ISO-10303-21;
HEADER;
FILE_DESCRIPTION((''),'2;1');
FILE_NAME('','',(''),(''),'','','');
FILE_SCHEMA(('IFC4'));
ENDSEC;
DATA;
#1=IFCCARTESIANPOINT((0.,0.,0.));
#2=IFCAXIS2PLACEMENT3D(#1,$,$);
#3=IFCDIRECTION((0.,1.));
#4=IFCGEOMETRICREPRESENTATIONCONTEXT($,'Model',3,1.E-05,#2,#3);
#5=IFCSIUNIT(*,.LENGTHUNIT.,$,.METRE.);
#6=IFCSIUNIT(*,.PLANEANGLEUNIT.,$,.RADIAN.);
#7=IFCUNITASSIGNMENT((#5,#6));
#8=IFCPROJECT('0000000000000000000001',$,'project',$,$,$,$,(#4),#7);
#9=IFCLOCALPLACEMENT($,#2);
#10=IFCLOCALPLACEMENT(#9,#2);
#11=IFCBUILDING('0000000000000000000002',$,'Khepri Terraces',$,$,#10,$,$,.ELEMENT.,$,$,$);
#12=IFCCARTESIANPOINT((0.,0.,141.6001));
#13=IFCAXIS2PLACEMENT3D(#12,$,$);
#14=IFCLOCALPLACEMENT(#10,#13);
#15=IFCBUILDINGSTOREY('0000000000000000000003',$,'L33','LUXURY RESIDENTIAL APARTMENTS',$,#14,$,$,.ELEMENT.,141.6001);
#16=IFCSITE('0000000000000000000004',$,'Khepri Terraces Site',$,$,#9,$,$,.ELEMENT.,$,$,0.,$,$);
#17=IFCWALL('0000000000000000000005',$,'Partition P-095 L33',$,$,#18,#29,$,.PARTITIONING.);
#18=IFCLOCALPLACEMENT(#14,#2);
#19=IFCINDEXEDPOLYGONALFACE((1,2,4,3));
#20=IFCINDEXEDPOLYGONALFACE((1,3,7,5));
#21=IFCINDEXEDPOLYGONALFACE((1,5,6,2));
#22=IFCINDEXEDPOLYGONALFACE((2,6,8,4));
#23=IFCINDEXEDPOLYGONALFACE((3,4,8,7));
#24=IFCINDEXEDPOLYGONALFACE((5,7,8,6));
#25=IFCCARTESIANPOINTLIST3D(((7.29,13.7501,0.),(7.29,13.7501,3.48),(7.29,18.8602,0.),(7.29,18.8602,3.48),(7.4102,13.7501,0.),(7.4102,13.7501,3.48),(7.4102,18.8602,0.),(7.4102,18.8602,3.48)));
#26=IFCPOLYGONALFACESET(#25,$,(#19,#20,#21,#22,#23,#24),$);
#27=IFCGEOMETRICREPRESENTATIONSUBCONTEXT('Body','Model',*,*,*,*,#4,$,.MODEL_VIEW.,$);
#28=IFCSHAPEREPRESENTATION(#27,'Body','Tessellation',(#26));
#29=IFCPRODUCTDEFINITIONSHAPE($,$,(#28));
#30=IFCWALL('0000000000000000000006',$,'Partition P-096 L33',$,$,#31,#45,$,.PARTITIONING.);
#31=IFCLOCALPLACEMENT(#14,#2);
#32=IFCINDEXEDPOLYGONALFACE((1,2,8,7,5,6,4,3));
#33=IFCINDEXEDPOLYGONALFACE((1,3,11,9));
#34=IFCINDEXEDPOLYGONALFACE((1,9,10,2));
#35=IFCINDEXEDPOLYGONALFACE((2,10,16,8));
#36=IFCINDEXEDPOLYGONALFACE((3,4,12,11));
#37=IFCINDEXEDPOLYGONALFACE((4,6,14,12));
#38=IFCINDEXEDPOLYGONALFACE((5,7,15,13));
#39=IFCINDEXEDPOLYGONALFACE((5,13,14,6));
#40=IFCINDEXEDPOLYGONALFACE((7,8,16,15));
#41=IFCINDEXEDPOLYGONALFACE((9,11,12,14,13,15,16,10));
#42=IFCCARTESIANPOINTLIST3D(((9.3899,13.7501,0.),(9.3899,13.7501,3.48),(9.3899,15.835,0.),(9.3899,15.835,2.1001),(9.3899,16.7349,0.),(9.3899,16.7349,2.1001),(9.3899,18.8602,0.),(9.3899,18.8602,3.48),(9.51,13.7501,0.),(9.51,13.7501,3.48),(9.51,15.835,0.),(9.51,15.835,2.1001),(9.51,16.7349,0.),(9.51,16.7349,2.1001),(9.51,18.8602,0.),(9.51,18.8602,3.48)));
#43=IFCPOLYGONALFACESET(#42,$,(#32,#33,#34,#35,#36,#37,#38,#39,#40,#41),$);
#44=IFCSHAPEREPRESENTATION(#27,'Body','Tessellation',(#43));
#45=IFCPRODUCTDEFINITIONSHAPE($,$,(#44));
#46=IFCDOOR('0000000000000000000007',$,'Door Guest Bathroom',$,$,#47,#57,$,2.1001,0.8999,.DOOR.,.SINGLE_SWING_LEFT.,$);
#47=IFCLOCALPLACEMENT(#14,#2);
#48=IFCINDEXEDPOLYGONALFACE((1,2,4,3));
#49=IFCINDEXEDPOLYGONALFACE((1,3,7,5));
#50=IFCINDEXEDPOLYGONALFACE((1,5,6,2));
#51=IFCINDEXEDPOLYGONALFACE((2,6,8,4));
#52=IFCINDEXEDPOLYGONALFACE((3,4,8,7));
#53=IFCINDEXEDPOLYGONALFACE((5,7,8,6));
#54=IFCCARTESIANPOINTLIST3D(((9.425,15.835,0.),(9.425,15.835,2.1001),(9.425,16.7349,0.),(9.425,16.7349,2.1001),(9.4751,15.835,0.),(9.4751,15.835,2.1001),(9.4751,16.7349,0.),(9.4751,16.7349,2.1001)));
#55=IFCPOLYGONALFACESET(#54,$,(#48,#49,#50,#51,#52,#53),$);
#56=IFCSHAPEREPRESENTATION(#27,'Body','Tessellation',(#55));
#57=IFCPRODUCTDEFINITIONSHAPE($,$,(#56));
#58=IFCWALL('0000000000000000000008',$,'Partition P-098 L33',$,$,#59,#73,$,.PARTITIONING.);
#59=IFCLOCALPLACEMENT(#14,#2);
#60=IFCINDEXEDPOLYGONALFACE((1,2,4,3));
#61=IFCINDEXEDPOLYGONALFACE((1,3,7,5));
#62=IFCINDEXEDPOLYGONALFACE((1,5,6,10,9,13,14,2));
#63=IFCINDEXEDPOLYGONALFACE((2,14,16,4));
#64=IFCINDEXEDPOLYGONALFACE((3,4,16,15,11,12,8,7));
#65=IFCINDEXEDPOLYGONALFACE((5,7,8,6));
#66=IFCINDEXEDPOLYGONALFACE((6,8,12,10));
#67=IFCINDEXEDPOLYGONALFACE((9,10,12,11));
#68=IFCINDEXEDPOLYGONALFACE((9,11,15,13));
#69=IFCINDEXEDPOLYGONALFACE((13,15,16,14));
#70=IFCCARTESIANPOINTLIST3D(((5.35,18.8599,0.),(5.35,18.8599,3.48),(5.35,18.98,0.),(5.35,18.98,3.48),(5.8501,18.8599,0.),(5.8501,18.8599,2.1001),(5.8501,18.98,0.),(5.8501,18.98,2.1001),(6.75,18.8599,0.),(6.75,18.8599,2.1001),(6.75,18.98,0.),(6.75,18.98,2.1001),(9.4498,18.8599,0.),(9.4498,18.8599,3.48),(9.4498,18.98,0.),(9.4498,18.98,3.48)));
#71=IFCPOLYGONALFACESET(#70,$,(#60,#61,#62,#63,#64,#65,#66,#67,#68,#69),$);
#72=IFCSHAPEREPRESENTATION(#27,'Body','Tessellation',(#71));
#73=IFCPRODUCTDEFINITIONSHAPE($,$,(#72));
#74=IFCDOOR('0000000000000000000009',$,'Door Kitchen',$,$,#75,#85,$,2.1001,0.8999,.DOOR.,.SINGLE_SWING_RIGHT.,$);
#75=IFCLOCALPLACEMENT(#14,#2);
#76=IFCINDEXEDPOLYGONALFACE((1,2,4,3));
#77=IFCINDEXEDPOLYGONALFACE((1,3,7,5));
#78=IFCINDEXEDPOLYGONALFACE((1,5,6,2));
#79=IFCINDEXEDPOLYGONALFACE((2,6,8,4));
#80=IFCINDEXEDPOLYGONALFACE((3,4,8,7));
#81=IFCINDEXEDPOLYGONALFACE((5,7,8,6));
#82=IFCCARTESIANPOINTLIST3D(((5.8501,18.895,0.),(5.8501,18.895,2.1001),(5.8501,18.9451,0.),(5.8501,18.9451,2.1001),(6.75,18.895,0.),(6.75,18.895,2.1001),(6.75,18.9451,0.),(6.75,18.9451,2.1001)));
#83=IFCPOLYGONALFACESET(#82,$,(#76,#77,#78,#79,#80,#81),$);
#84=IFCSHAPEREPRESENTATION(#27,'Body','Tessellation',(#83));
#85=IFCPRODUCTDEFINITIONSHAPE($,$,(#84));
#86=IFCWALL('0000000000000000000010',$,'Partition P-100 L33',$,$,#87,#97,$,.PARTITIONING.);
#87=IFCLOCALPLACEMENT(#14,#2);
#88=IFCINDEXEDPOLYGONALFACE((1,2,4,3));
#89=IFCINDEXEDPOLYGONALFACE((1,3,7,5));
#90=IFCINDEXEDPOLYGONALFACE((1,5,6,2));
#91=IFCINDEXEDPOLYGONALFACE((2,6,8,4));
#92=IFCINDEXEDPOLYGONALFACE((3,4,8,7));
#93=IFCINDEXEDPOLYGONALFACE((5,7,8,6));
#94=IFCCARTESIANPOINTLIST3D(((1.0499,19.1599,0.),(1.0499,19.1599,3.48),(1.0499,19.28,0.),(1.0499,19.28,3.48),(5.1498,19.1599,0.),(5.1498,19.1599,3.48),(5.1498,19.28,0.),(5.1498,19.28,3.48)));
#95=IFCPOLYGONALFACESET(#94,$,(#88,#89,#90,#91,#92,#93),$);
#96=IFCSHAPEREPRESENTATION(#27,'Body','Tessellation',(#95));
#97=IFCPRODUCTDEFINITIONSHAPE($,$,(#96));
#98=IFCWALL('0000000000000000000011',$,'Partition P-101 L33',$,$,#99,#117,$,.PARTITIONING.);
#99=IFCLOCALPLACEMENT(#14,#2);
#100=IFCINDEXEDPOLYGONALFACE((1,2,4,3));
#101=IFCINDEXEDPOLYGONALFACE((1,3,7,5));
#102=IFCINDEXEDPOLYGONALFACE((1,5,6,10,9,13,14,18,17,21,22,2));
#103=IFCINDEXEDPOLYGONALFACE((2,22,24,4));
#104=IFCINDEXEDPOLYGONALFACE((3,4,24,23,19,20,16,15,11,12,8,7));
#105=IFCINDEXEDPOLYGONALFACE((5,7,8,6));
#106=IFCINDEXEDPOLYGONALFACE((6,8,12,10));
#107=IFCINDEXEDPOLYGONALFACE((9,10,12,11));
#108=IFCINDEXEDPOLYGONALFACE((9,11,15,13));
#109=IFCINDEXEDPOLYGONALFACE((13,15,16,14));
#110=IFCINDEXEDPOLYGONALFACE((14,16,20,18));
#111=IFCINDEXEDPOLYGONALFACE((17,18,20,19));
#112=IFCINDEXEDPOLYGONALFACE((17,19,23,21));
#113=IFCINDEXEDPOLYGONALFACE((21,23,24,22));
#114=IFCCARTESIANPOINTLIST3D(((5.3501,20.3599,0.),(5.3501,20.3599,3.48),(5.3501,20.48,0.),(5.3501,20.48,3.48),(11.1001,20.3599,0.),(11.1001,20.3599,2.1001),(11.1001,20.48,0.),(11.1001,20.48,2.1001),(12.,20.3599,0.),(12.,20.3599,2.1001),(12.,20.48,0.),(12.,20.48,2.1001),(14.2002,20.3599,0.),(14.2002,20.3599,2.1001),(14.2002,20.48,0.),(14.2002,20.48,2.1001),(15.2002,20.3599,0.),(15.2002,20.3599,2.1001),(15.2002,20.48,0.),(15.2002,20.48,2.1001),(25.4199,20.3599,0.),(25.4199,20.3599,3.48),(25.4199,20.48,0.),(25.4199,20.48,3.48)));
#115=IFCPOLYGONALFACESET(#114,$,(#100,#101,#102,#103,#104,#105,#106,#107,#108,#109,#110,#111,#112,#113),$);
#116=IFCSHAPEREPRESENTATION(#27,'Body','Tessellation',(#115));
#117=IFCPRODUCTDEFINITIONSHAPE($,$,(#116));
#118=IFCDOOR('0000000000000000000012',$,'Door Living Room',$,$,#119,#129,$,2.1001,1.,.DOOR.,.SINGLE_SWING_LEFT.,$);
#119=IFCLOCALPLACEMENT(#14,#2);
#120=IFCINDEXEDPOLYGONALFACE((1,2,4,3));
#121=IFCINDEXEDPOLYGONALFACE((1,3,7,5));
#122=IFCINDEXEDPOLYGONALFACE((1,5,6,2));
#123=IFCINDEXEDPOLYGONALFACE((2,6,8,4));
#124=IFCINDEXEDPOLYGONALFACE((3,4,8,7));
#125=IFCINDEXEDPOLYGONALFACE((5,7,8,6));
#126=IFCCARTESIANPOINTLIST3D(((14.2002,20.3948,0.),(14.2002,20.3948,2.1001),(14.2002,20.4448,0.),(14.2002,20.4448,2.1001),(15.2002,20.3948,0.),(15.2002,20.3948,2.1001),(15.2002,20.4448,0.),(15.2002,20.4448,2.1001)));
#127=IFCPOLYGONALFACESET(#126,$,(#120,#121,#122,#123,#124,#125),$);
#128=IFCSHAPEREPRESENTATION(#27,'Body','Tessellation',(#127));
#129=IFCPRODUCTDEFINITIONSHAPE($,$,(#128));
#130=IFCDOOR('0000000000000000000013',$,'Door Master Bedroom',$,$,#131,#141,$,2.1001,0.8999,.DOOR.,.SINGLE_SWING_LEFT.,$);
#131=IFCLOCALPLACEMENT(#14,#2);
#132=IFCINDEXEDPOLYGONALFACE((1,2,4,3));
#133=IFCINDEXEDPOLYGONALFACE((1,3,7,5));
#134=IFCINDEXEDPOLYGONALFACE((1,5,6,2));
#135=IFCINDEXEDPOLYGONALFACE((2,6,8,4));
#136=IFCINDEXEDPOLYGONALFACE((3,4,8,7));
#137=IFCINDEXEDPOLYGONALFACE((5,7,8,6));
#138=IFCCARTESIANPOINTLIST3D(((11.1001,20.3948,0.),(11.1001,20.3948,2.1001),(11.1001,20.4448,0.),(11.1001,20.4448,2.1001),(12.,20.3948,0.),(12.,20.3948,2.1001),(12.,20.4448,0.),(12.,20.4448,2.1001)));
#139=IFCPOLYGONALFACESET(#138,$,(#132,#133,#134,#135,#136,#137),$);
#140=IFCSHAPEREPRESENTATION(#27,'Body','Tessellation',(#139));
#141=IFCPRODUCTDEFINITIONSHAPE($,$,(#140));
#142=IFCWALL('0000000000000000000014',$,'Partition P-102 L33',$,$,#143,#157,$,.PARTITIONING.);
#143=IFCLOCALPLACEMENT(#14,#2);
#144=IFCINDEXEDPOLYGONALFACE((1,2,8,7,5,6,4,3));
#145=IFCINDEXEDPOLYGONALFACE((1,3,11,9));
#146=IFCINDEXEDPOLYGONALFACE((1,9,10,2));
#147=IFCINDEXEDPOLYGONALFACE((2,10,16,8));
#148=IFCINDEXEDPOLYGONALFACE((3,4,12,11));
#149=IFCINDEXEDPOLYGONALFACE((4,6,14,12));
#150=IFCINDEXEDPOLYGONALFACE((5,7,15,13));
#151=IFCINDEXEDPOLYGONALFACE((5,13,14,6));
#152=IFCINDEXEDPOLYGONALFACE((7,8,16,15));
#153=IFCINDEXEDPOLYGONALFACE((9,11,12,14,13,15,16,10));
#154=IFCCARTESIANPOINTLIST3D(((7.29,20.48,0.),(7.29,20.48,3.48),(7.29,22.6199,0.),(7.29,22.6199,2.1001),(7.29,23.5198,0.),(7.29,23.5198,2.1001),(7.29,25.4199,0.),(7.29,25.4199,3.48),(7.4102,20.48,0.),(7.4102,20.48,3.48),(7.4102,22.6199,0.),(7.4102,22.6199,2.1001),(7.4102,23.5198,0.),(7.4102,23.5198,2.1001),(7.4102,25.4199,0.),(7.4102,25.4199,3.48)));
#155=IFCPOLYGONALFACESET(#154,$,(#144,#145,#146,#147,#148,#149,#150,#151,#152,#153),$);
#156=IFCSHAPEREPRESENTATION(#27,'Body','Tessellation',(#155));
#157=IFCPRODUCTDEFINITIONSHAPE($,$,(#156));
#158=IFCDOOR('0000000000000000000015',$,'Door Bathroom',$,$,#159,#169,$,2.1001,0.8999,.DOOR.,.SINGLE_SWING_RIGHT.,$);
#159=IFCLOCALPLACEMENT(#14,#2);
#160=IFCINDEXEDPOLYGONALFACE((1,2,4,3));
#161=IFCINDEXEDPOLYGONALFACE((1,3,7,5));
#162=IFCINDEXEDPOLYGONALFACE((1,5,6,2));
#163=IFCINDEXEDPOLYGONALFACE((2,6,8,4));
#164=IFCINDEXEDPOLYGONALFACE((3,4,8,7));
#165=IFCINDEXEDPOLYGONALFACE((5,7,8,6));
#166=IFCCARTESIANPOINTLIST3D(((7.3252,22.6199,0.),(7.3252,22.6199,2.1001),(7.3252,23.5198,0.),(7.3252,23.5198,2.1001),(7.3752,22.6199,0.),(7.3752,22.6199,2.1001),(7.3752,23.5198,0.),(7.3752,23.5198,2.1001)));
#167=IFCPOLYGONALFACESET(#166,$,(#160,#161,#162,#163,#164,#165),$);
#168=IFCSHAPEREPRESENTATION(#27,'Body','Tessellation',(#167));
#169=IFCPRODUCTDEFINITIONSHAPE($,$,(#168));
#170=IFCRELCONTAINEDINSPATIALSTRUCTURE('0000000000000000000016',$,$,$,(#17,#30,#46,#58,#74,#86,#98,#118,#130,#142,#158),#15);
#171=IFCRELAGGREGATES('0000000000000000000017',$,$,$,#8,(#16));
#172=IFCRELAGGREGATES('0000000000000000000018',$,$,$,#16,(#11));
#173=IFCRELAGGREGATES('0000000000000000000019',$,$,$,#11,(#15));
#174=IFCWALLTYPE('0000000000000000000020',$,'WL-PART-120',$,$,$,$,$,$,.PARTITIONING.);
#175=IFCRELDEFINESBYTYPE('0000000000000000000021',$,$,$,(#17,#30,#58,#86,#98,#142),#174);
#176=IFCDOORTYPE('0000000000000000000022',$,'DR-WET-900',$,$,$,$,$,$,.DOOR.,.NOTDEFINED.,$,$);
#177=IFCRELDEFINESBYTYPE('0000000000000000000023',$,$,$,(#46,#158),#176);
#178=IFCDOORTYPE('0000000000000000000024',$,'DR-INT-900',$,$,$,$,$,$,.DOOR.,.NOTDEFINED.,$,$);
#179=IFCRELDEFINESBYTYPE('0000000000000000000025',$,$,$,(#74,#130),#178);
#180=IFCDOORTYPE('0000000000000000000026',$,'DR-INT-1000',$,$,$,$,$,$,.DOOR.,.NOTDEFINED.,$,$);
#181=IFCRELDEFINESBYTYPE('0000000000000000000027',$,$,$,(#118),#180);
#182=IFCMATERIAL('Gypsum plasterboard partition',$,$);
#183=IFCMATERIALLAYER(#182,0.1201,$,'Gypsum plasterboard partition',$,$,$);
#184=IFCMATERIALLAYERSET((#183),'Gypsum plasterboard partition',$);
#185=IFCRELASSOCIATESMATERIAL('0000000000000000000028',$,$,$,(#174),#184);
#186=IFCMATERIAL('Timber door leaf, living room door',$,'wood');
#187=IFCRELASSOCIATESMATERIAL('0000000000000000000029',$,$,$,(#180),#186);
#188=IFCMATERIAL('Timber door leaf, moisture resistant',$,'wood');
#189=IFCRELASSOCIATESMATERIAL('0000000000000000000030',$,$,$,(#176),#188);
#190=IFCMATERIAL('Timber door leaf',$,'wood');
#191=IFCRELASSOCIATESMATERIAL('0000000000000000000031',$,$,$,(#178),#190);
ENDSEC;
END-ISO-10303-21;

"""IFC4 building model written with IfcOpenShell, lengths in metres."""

from ifc_helpers import new_model, si_unit, direction, frame, frame_2d, origin, place, context, subcontext, project, spatial, rectangle, extrude, material, layer, layer_set, type_object, element, fill, save


model = new_model("IFC4")

# Units and contexts
model_context = context("Model", 3, precision=1e-05, world=origin(), true_north=direction((0.0, 1.0)))
body_context = subcontext(model_context, "Body", "Model", "MODEL_VIEW")
ifc_project = project(units=[si_unit("LENGTHUNIT", "METRE"), si_unit("PLANEANGLEUNIT", "RADIAN")], contexts=[model_context])

# Site, building, storey
site_placement = place(None, origin())
site = spatial("IfcSite", under=ifc_project, at=site_placement, Name="Khepri Terraces Site", CompositionType="ELEMENT", RefElevation=0.0)
building_placement = place(site_placement, origin())
building = spatial("IfcBuilding", under=site, at=building_placement, Name="Khepri Terraces", CompositionType="ELEMENT")
storey_placement = place(building_placement, frame((0.0, 0.0, 141.6001)))
storey = spatial("IfcBuildingStorey", under=building, at=storey_placement, Name="L33", Description="LUXURY RESIDENTIAL APARTMENTS", CompositionType="ELEMENT", Elevation=141.6001)

# Shared definitions
ifc_material_1 = material(Name="Gypsum plasterboard partition")
ifc_layer_1 = layer(ifc_material_1, 0.1201, Name="Gypsum plasterboard partition")
ifc_layer_set_1 = layer_set([ifc_layer_1], Name="Gypsum plasterboard partition")
wall_type_1 = type_object("IfcWallType", Name="WL-PART-120", PredefinedType="PARTITIONING", material=ifc_layer_set_1)

# Shared definitions
ifc_material_2 = material(Name="Timber door leaf, living room door", Category="wood")
door_type_1 = type_object("IfcDoorType", Name="DR-INT-1000", OperationType="NOTDEFINED", PredefinedType="DOOR", material=ifc_material_2)

# Wall
wall_1_placement = place(storey_placement, frame((7.3501, 13.75, 0.0), z_axis=(0.0, 0.0, 1.0), x_axis=(0.0, 1.0, 0.0)))
element("IfcWall", 1, at=wall_1_placement, inside=storey, type_object=wall_type_1, Name="Partition P-095 L33", PredefinedType="PARTITIONING", context=body_context, shape_type="SweptSolid", body=[
    extrude(rectangle(XDim=5.1101, YDim=0.1201, at=frame_2d((2.5552, 0.0))), origin(), (0.0, 0.0, 1.0), 3.48),
])

# Walls, openings, doors
wall_2_placement = place(storey_placement, frame((9.45, 13.75, 0.0), z_axis=(0.0, 0.0, 1.0), x_axis=(0.0, 1.0, 0.0)))
wall_2 = element("IfcWall", 2, at=wall_2_placement, inside=storey, type_object=wall_type_1, Name="Partition P-096 L33", PredefinedType="PARTITIONING", context=body_context, shape_type="SweptSolid", body=[
    extrude(rectangle(XDim=5.1101, YDim=0.1201, at=frame_2d((2.5552, 0.0))), origin(), (0.0, 0.0, 1.0), 3.48),
])
opening_1_placement = place(wall_2_placement, frame((2.085, 0.0, 0.0)))
opening_1 = element("IfcOpeningElement", 3, at=opening_1_placement, cuts=wall_2, PredefinedType="OPENING", context=body_context, shape_type="SweptSolid", body=[
    extrude(rectangle(XDim=0.8999, YDim=2.1001, at=frame_2d((0.45, 1.05))), frame((0.0, 0.0701, 0.0), z_axis=(0.0, -1.0, 0.0), x_axis=(1.0, 0.0, 0.0)), (0.0, 0.0, 1.0), 0.1401),
])
ifc_material_3 = material(Name="Timber door leaf, moisture resistant", Category="wood")
door_type_2 = type_object("IfcDoorType", Name="DR-WET-900", OperationType="NOTDEFINED", PredefinedType="DOOR", material=ifc_material_3)
door_1_placement = place(opening_1_placement, origin())
door_1 = element("IfcDoor", 4, at=door_1_placement, inside=storey, type_object=door_type_2, Name="Door Guest Bathroom", OperationType="SINGLE_SWING_LEFT", OverallHeight=2.1001, OverallWidth=0.8999, PredefinedType="DOOR", context=body_context, shape_type="SweptSolid", body=[
    extrude(rectangle(XDim=0.8999, YDim=2.1001, at=frame_2d((0.45, 1.05))), frame((0.0, 0.0249, 0.0), z_axis=(0.0, -1.0, 0.0), x_axis=(1.0, 0.0, 0.0)), (0.0, 0.0, 1.0), 0.05),
])
fill(opening_1, door_1)
wall_3_placement = place(storey_placement, frame((5.3501, 18.9199, 0.0), z_axis=(0.0, 0.0, 1.0), x_axis=(1.0, 0.0, 0.0)))
wall_3 = element("IfcWall", 5, at=wall_3_placement, inside=storey, type_object=wall_type_1, Name="Partition P-098 L33", PredefinedType="PARTITIONING", context=body_context, shape_type="SweptSolid", body=[
    extrude(rectangle(XDim=4.0999, YDim=0.1201, at=frame_2d((2.0498, 0.0))), origin(), (0.0, 0.0, 1.0), 3.48),
])
opening_2_placement = place(wall_3_placement, frame((0.5, 0.0, 0.0)))
opening_2 = element("IfcOpeningElement", 6, at=opening_2_placement, cuts=wall_3, PredefinedType="OPENING", context=body_context, shape_type="SweptSolid", body=[
    extrude(rectangle(XDim=0.8999, YDim=2.1001, at=frame_2d((0.45, 1.05))), frame((0.0, 0.0701, 0.0), z_axis=(0.0, -1.0, 0.0), x_axis=(1.0, 0.0, 0.0)), (0.0, 0.0, 1.0), 0.1401),
])
ifc_material_4 = material(Name="Timber door leaf", Category="wood")
door_type_3 = type_object("IfcDoorType", Name="DR-INT-900", OperationType="NOTDEFINED", PredefinedType="DOOR", material=ifc_material_4)
door_2_placement = place(opening_2_placement, frame((0.8999, 0.0, 0.0), z_axis=(0.0, 0.0, 1.0), x_axis=(-1.0, 0.0, 0.0)))
door_2 = element("IfcDoor", 7, at=door_2_placement, inside=storey, type_object=door_type_3, Name="Door Kitchen", OperationType="SINGLE_SWING_RIGHT", OverallHeight=2.1001, OverallWidth=0.8999, PredefinedType="DOOR", context=body_context, shape_type="SweptSolid", body=[
    extrude(rectangle(XDim=0.8999, YDim=2.1001, at=frame_2d((0.45, 1.05))), frame((0.0, 0.0249, 0.0), z_axis=(0.0, -1.0, 0.0), x_axis=(1.0, 0.0, 0.0)), (0.0, 0.0, 1.0), 0.05),
])
fill(opening_2, door_2)

# Wall
wall_4_placement = place(storey_placement, frame((1.05, 19.22, 0.0), z_axis=(0.0, 0.0, 1.0), x_axis=(1.0, 0.0, 0.0)))
element("IfcWall", 8, at=wall_4_placement, inside=storey, type_object=wall_type_1, Name="Partition P-100 L33", PredefinedType="PARTITIONING", context=body_context, shape_type="SweptSolid", body=[
    extrude(rectangle(XDim=4.0999, YDim=0.1201, at=frame_2d((2.0498, 0.0))), origin(), (0.0, 0.0, 1.0), 3.48),
])

# Wall, openings, doors
wall_5_placement = place(storey_placement, frame((5.3501, 20.4199, 0.0), z_axis=(0.0, 0.0, 1.0), x_axis=(1.0, 0.0, 0.0)))
wall_5 = element("IfcWall", 9, at=wall_5_placement, inside=storey, type_object=wall_type_1, Name="Partition P-101 L33", PredefinedType="PARTITIONING", context=body_context, shape_type="SweptSolid", body=[
    extrude(rectangle(XDim=20.0698, YDim=0.1201, at=frame_2d((10.0349, 0.0))), origin(), (0.0, 0.0, 1.0), 3.48),
])
opening_3_placement = place(wall_5_placement, frame((8.8501, 0.0, 0.0)))
opening_3 = element("IfcOpeningElement", 10, at=opening_3_placement, cuts=wall_5, PredefinedType="OPENING", context=body_context, shape_type="SweptSolid", body=[
    extrude(rectangle(XDim=1.0, YDim=2.1001, at=frame_2d((0.5, 1.05))), frame((0.0, 0.0701, 0.0), z_axis=(0.0, -1.0, 0.0), x_axis=(1.0, 0.0, 0.0)), (0.0, 0.0, 1.0), 0.1401),
])
opening_4_placement = place(wall_5_placement, frame((5.75, 0.0, 0.0)))
opening_4 = element("IfcOpeningElement", 11, at=opening_4_placement, cuts=wall_5, PredefinedType="OPENING", context=body_context, shape_type="SweptSolid", body=[
    extrude(rectangle(XDim=0.8999, YDim=2.1001, at=frame_2d((0.45, 1.05))), frame((0.0, 0.0701, 0.0), z_axis=(0.0, -1.0, 0.0), x_axis=(1.0, 0.0, 0.0)), (0.0, 0.0, 1.0), 0.1401),
])
door_3_placement = place(opening_3_placement, origin())
door_3 = element("IfcDoor", 12, at=door_3_placement, inside=storey, type_object=door_type_1, Name="Door Living Room", OperationType="SINGLE_SWING_LEFT", OverallHeight=2.1001, OverallWidth=1.0, PredefinedType="DOOR", context=body_context, shape_type="SweptSolid", body=[
    extrude(rectangle(XDim=1.0, YDim=2.1001, at=frame_2d((0.5, 1.05))), frame((0.0, 0.0249, 0.0), z_axis=(0.0, -1.0, 0.0), x_axis=(1.0, 0.0, 0.0)), (0.0, 0.0, 1.0), 0.05),
])
fill(opening_3, door_3)
door_4_placement = place(opening_4_placement, origin())
door_4 = element("IfcDoor", 13, at=door_4_placement, inside=storey, type_object=door_type_3, Name="Door Master Bedroom", OperationType="SINGLE_SWING_LEFT", OverallHeight=2.1001, OverallWidth=0.8999, PredefinedType="DOOR", context=body_context, shape_type="SweptSolid", body=[
    extrude(rectangle(XDim=0.8999, YDim=2.1001, at=frame_2d((0.45, 1.05))), frame((0.0, 0.0249, 0.0), z_axis=(0.0, -1.0, 0.0), x_axis=(1.0, 0.0, 0.0)), (0.0, 0.0, 1.0), 0.05),
])
fill(opening_4, door_4)

# Wall, opening, door
wall_6_placement = place(storey_placement, frame((7.3501, 20.48, 0.0), z_axis=(0.0, 0.0, 1.0), x_axis=(0.0, 1.0, 0.0)))
wall_6 = element("IfcWall", 14, at=wall_6_placement, inside=storey, type_object=wall_type_1, Name="Partition P-102 L33", PredefinedType="PARTITIONING", context=body_context, shape_type="SweptSolid", body=[
    extrude(rectangle(XDim=4.9399, YDim=0.1201, at=frame_2d((2.47, 0.0))), origin(), (0.0, 0.0, 1.0), 3.48),
])
opening_5_placement = place(wall_6_placement, frame((2.1399, 0.0, 0.0)))
opening_5 = element("IfcOpeningElement", 15, at=opening_5_placement, cuts=wall_6, PredefinedType="OPENING", context=body_context, shape_type="SweptSolid", body=[
    extrude(rectangle(XDim=0.8999, YDim=2.1001, at=frame_2d((0.45, 1.05))), frame((0.0, 0.0701, 0.0), z_axis=(0.0, -1.0, 0.0), x_axis=(1.0, 0.0, 0.0)), (0.0, 0.0, 1.0), 0.1401),
])
door_5_placement = place(opening_5_placement, origin())
door_5 = element("IfcDoor", 16, at=door_5_placement, inside=storey, type_object=door_type_2, Name="Door Bathroom", OperationType="SINGLE_SWING_RIGHT", OverallHeight=2.1001, OverallWidth=0.8999, PredefinedType="DOOR", context=body_context, shape_type="SweptSolid", body=[
    extrude(rectangle(XDim=0.8999, YDim=2.1001, at=frame_2d((0.45, 1.05))), frame((0.0, 0.0249, 0.0), z_axis=(0.0, -1.0, 0.0), x_axis=(1.0, 0.0, 0.0)), (0.0, 0.0, 1.0), 0.05),
])
fill(opening_5, door_5)

save(model, "model.ifc")
